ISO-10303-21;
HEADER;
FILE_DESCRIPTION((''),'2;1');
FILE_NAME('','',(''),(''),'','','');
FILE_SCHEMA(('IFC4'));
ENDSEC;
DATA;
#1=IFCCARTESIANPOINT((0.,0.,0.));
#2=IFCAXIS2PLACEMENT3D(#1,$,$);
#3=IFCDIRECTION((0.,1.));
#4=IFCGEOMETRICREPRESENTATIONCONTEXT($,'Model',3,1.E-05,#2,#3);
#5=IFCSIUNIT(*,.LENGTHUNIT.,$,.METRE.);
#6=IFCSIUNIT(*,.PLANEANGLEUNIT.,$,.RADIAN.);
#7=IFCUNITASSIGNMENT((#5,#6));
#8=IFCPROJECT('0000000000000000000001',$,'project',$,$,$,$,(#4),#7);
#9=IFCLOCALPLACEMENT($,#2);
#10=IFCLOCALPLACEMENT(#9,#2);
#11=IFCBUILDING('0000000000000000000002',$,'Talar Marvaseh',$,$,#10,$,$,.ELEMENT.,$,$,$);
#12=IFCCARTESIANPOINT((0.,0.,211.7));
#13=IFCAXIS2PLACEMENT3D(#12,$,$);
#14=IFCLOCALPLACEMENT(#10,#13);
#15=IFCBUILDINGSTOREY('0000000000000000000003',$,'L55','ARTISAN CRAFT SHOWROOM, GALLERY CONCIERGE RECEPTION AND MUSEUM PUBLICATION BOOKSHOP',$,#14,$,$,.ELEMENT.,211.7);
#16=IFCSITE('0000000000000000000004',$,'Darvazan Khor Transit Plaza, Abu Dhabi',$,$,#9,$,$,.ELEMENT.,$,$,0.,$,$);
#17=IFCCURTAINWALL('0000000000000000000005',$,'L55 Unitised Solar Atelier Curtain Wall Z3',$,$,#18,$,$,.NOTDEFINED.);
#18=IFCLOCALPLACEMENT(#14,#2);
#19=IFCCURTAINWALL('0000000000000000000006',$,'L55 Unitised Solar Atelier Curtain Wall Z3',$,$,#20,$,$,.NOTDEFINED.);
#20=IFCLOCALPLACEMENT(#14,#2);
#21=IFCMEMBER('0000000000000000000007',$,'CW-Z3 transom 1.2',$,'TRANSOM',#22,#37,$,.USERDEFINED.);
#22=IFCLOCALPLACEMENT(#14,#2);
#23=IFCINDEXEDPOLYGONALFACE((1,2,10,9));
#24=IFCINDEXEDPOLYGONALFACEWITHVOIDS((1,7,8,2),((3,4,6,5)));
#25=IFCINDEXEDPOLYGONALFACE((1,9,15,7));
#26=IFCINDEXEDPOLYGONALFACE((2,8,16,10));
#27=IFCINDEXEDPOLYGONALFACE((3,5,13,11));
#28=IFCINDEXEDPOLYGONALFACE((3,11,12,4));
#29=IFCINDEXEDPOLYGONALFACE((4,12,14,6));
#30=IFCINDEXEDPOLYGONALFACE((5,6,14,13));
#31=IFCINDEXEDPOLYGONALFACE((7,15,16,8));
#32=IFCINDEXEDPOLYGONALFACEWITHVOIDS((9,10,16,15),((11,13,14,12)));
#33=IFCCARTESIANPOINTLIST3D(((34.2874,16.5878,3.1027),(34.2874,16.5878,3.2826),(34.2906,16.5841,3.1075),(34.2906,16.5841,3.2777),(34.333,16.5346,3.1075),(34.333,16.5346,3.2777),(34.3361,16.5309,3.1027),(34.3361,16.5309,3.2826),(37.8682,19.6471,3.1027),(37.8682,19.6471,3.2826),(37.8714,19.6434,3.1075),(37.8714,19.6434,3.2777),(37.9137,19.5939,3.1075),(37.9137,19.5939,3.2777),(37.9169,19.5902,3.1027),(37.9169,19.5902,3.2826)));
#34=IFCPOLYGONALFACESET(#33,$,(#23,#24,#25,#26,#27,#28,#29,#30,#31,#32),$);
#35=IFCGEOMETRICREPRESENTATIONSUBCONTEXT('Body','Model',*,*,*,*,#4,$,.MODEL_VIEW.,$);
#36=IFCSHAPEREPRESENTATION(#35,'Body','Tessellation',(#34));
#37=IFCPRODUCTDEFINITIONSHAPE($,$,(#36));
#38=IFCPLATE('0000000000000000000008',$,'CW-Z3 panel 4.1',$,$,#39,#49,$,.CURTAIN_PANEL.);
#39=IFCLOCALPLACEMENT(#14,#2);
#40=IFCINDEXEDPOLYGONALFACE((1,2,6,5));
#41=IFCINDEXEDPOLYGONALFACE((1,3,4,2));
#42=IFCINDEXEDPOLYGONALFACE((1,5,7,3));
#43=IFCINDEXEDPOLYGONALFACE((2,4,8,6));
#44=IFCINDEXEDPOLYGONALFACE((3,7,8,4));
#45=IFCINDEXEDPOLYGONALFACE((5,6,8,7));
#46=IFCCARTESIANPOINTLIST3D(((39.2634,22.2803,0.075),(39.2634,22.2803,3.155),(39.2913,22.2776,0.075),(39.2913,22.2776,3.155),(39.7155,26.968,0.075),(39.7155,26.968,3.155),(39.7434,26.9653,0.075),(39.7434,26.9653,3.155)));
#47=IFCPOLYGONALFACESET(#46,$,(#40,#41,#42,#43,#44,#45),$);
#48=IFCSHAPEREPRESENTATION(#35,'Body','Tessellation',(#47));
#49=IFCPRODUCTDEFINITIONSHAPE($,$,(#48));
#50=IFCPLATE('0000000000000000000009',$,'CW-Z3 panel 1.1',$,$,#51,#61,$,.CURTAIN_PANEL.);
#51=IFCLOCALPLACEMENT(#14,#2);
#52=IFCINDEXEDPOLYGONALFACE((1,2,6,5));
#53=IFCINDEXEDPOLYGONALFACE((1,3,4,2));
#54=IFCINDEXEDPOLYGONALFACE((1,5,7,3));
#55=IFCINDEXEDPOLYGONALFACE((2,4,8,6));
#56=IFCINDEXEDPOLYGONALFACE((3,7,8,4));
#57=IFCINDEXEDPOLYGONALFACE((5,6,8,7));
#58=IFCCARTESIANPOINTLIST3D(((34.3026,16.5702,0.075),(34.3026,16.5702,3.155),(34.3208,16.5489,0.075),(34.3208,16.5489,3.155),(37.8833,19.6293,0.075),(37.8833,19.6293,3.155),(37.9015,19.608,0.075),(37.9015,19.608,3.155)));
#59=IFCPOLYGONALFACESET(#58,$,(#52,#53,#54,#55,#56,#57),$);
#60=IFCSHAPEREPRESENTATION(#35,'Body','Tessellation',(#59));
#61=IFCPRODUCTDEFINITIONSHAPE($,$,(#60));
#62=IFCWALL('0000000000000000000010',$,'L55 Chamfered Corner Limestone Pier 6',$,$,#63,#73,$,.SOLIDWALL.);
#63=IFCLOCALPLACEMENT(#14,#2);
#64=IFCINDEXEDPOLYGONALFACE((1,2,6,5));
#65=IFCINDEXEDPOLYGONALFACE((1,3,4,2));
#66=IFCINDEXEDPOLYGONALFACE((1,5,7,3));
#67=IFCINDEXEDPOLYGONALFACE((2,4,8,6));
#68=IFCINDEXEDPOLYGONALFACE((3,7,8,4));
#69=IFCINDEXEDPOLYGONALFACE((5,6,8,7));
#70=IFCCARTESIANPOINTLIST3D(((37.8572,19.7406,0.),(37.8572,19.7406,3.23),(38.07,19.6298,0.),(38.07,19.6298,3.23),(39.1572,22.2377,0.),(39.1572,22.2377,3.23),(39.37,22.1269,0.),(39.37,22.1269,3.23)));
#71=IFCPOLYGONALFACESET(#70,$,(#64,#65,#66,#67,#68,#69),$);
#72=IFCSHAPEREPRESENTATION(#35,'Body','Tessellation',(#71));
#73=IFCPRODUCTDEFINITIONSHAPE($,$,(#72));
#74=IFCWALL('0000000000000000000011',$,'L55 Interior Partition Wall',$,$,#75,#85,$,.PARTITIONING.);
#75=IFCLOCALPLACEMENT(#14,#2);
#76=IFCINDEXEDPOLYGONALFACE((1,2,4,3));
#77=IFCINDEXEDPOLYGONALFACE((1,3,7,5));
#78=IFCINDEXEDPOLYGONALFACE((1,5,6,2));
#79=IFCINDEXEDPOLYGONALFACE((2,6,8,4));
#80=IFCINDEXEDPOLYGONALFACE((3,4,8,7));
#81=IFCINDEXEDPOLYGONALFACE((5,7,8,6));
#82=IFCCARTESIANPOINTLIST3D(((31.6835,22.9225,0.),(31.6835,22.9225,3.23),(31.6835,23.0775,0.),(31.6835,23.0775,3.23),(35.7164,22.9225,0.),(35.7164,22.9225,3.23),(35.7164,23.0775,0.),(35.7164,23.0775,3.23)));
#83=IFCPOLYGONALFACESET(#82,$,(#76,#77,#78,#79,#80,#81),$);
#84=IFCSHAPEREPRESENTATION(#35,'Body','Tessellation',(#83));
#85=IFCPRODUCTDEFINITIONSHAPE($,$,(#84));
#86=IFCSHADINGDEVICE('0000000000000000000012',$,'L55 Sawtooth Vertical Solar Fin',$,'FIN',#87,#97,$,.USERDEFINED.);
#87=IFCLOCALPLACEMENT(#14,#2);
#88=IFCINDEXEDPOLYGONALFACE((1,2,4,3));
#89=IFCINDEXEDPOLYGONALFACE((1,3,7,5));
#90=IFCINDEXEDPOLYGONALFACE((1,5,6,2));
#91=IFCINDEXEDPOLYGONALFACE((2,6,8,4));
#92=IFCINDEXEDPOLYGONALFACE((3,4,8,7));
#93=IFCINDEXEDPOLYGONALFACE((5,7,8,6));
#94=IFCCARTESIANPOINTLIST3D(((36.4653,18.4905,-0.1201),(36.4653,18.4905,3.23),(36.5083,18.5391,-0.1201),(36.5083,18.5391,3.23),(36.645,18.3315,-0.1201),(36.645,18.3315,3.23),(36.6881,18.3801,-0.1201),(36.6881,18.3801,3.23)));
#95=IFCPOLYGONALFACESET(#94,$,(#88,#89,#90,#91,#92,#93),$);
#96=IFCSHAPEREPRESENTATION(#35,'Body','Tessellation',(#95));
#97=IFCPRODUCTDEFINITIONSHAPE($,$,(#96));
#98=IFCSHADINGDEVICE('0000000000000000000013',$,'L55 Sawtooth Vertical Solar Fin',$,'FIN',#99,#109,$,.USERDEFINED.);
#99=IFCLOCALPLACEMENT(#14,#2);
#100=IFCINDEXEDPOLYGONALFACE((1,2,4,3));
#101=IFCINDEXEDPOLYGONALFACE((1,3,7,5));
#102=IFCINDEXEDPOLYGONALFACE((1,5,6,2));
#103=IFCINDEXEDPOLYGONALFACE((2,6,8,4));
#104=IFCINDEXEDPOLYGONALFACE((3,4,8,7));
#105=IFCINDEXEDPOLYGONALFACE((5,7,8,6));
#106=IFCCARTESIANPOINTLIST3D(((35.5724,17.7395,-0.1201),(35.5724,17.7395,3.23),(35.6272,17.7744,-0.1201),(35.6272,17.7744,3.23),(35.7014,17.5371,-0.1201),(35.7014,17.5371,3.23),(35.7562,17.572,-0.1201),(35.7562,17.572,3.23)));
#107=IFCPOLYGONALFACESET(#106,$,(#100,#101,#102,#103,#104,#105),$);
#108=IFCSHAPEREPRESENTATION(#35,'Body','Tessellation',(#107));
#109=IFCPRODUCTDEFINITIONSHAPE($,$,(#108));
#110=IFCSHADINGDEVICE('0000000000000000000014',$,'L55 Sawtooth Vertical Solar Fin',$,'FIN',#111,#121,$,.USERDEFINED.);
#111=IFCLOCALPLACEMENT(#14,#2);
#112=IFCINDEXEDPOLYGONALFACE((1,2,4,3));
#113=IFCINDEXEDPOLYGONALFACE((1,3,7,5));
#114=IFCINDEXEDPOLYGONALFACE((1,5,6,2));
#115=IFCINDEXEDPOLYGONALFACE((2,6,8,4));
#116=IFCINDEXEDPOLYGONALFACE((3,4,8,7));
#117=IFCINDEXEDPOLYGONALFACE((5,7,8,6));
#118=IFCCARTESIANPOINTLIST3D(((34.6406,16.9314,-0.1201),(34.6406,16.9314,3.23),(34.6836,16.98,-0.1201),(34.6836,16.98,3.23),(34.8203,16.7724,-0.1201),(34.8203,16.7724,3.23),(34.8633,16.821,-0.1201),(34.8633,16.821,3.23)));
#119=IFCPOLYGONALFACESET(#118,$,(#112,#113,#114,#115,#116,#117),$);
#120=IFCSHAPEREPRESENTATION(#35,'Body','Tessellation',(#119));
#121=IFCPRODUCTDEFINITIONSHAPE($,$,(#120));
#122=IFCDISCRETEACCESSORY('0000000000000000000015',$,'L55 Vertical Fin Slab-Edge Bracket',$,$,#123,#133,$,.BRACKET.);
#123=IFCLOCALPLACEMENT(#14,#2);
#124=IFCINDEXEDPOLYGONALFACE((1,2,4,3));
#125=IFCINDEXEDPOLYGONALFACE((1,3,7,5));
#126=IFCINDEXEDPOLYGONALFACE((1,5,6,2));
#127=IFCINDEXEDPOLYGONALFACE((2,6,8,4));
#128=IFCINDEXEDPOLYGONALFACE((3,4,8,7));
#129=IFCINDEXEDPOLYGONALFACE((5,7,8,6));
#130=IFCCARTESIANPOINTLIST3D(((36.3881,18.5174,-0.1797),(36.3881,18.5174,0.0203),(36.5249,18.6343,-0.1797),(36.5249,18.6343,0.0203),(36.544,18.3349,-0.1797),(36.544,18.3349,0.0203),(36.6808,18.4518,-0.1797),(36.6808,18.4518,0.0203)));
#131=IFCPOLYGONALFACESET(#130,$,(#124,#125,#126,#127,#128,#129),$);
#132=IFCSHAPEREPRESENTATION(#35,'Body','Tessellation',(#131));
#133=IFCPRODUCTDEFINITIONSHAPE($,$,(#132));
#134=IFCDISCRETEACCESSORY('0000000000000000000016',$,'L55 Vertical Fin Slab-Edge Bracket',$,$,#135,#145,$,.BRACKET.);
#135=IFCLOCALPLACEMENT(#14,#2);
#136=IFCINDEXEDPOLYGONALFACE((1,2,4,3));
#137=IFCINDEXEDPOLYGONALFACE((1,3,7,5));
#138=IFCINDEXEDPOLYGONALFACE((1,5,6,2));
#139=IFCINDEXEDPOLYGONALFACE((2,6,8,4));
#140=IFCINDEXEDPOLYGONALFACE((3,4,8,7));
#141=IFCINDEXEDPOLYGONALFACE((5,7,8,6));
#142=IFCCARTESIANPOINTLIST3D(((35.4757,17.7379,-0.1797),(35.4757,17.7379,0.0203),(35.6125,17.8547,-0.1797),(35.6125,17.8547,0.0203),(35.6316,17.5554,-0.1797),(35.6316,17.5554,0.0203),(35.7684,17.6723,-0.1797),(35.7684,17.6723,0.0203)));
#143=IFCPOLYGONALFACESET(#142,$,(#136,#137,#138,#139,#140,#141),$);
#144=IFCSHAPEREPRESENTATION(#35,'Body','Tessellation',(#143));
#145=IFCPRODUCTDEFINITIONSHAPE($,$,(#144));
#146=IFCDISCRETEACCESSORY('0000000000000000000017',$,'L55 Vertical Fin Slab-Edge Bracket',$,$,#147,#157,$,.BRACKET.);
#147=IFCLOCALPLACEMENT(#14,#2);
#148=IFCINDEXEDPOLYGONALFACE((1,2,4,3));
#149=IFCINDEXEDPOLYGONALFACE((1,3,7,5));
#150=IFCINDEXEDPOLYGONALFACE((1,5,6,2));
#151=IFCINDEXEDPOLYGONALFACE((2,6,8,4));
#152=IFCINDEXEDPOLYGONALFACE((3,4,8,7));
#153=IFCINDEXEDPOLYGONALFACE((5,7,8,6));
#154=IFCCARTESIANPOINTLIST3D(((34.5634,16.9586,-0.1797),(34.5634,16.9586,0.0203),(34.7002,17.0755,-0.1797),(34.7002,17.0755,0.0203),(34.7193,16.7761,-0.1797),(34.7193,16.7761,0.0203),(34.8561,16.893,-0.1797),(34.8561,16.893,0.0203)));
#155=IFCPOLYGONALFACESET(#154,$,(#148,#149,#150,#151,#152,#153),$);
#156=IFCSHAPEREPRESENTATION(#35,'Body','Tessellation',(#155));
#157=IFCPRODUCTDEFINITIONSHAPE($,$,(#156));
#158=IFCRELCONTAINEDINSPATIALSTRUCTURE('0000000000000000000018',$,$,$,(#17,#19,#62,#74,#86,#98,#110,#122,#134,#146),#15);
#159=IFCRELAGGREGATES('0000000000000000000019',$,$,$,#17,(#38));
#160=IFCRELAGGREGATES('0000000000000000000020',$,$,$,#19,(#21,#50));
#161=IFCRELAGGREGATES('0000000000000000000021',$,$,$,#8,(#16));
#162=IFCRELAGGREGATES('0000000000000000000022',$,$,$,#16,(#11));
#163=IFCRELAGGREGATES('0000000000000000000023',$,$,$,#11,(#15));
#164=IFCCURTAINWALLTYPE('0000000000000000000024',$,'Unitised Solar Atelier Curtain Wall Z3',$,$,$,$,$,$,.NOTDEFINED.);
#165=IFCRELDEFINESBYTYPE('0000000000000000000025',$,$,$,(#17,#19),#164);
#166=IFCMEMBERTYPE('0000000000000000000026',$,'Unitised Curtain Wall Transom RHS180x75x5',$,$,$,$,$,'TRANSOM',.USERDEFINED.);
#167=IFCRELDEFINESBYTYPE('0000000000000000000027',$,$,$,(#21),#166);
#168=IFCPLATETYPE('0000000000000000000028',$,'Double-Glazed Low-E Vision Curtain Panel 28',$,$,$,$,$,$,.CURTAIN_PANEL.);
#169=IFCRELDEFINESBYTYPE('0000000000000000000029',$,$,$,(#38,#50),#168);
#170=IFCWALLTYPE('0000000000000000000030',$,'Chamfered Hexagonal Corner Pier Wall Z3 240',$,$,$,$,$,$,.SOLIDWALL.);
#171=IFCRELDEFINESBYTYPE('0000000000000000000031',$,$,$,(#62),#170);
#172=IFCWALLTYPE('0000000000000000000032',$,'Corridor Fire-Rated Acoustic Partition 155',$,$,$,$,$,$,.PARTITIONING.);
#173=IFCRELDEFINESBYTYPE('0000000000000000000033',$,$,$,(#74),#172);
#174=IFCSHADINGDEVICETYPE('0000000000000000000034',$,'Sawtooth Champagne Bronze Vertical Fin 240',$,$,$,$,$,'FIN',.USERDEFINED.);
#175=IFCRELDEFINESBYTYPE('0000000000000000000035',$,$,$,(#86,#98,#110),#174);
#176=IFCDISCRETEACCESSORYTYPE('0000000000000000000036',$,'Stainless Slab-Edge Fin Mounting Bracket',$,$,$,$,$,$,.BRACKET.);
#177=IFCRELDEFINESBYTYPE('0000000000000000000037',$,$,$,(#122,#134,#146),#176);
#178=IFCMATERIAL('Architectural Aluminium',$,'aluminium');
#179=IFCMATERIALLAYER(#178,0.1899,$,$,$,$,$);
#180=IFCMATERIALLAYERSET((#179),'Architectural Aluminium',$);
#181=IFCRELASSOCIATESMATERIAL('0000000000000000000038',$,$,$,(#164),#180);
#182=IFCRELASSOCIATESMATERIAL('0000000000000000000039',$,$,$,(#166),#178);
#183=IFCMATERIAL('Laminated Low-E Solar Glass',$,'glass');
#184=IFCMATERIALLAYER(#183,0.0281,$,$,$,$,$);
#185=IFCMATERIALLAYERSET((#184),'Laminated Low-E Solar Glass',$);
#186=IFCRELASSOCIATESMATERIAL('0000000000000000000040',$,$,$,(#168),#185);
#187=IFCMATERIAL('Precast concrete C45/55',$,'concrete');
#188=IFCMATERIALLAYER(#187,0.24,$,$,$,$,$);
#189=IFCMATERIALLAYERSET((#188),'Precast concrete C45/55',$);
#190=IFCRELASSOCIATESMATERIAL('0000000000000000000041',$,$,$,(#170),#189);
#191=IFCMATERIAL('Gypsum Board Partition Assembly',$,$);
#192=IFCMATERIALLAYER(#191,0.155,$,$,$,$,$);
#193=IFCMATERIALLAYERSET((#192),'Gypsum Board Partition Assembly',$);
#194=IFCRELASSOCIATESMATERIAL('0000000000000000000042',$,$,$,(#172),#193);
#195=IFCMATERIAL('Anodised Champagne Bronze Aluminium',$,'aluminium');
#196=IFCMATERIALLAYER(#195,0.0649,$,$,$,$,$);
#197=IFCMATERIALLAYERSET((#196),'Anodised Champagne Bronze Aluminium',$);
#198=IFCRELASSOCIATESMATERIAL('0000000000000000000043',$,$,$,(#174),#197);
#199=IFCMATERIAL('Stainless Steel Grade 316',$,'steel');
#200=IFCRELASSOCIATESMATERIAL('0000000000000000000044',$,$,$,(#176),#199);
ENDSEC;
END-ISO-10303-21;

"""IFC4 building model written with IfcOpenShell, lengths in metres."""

from ifc_helpers import new_model, si_unit, direction, frame, frame_2d, origin, origin_2d, place, context, subcontext, project, spatial, rectangle, hollow_rectangle, extrude, source, transform, mapped, material, layer, layer_set, material_profile, profile_set, type_object, type_shapes, element, aggregate, save


model = new_model("IFC4")

# Units and contexts
model_context = context("Model", 3, precision=1e-05, world=origin(), true_north=direction((0.0, 1.0)))
body_context = subcontext(model_context, "Body", "Model", "MODEL_VIEW")
ifc_project = project(units=[si_unit("LENGTHUNIT", "METRE"), si_unit("PLANEANGLEUNIT", "RADIAN")], contexts=[model_context])

# Site, building, storey
site_placement = place(None, origin())
site = spatial("IfcSite", under=ifc_project, at=site_placement, Name="Darvazan Khor Transit Plaza, Abu Dhabi", CompositionType="ELEMENT", RefElevation=0.0)
building_placement = place(site_placement, origin())
building = spatial("IfcBuilding", under=site, at=building_placement, Name="Talar Marvaseh", CompositionType="ELEMENT")
storey_placement = place(building_placement, frame((0.0, 0.0, 211.7)))
storey = spatial("IfcBuildingStorey", under=building, at=storey_placement, Name="L55", Description="ARTISAN CRAFT SHOWROOM, GALLERY CONCIERGE RECEPTION AND MUSEUM PUBLICATION BOOKSHOP", CompositionType="ELEMENT", Elevation=211.7)

# Curtain wall
ifc_material_1 = material(Name="Architectural Aluminium", Category="aluminium")
ifc_layer_1 = layer(ifc_material_1, 0.1899)
ifc_layer_set_1 = layer_set([ifc_layer_1], Name="Architectural Aluminium")
curtain_wall_type = type_object("IfcCurtainWallType", Name="Unitised Solar Atelier Curtain Wall Z3", PredefinedType="NOTDEFINED", material=ifc_layer_set_1)
curtain_wall_1_placement = place(storey_placement, origin())
curtain_wall_1 = element("IfcCurtainWall", 1, at=curtain_wall_1_placement, inside=storey, type_object=curtain_wall_type, Name="L55 Unitised Solar Atelier Curtain Wall Z3", PredefinedType="NOTDEFINED")

# Curtain wall, member
curtain_wall_2_placement = place(storey_placement, origin())
curtain_wall_2 = element("IfcCurtainWall", 2, at=curtain_wall_2_placement, inside=storey, type_object=curtain_wall_type, Name="L55 Unitised Solar Atelier Curtain Wall Z3", PredefinedType="NOTDEFINED")
ifc_material_profile_1 = material_profile(ifc_material_1, hollow_rectangle(XDim=0.075, YDim=0.1799, WallThickness=0.0049, at=origin_2d()), Name="RHS180x75x5")
ifc_profile_set_1 = profile_set([ifc_material_profile_1], Name="Architectural Aluminium")
member_type_1 = type_object("IfcMemberType", Name="Unitised Curtain Wall Transom RHS180x75x5", ElementType="TRANSOM", PredefinedType="USERDEFINED", material=ifc_profile_set_1)
shared_shape_1 = source(origin(), body_context, "Body", "SweptSolid", [
    extrude(hollow_rectangle(XDim=0.075, YDim=0.1799, WallThickness=0.0049, at=origin_2d()), origin(), (0.0, 0.0, 1.0), 4.7097),
])
type_shapes(member_type_1, [shared_shape_1])
member_1_placement = place(storey_placement, frame((37.8926, 19.6187, 3.1926), z_axis=(-0.760298, -0.649574, 0.0), x_axis=(0.649574, -0.760298, 0.0)))
member_1 = element("IfcMember", 3, at=member_1_placement, type_object=member_type_1, Name="CW-Z3 transom 1.2", ObjectType="TRANSOM", PredefinedType="USERDEFINED", context=body_context, shape_type="MappedRepresentation", body=[
    mapped(shared_shape_1, transform((0.0, 0.0, 0.0), x_axis=(1.0, 0.0, 0.0), y_axis=(0.0, 1.0, 0.0), z_axis=(0.0, 0.0, 1.0), scale=1.0)),
])

# Plates
ifc_material_2 = material(Name="Laminated Low-E Solar Glass", Category="glass")
ifc_layer_2 = layer(ifc_material_2, 0.0281)
ifc_layer_set_2 = layer_set([ifc_layer_2], Name="Laminated Low-E Solar Glass")
plate_type = type_object("IfcPlateType", Name="Double-Glazed Low-E Vision Curtain Panel 28", PredefinedType="CURTAIN_PANEL", material=ifc_layer_set_2)
shared_shape_2 = source(origin(), body_context, "Body", "SweptSolid", [
    extrude(rectangle(XDim=4.7095, YDim=0.0281, at=origin_2d()), origin(), (0.0, 0.0, 1.0), 3.0801),
])
type_shapes(plate_type, [shared_shape_2])
plate_1_placement = place(storey_placement, frame((39.5034, 24.6228, 0.075), z_axis=(0.0, 0.0, 1.0), x_axis=(-0.095997, -0.995382, 0.0)))
plate_1 = element("IfcPlate", 4, at=plate_1_placement, type_object=plate_type, Name="CW-Z3 panel 4.1", PredefinedType="CURTAIN_PANEL", context=body_context, shape_type="MappedRepresentation", body=[
    mapped(shared_shape_2, transform((0.0, 0.0, 0.0), x_axis=(1.0, 0.0, 0.0), y_axis=(0.0, 1.0, 0.0), z_axis=(0.0, 0.0, 1.0), scale=1.0)),
])
aggregate(curtain_wall_1, [plate_1])
plate_2_placement = place(storey_placement, frame((36.1021, 18.0891, 0.075), z_axis=(0.0, 0.0, 1.0), x_axis=(-0.760306, -0.649565, 0.0)))
plate_2 = element("IfcPlate", 5, at=plate_2_placement, type_object=plate_type, Name="CW-Z3 panel 1.1", PredefinedType="CURTAIN_PANEL", context=body_context, shape_type="MappedRepresentation", body=[
    mapped(shared_shape_2, transform((0.0, 0.0, 0.0), x_axis=(1.0, 0.0, 0.0), y_axis=(0.0, 1.0, 0.0), z_axis=(0.0, 0.0, 1.0), scale=1.0)),
])
aggregate(curtain_wall_2, [member_1, plate_2])

# Walls
ifc_material_3 = material(Name="Precast concrete C45/55", Category="concrete")
ifc_layer_3 = layer(ifc_material_3, 0.24)
ifc_layer_set_3 = layer_set([ifc_layer_3], Name="Precast concrete C45/55")
wall_type_1 = type_object("IfcWallType", Name="Chamfered Hexagonal Corner Pier Wall Z3 240", PredefinedType="SOLIDWALL", material=ifc_layer_set_3)
wall_1_placement = place(storey_placement, frame((39.2637, 22.1824, 0.0), z_axis=(0.0, 0.0, 1.0), x_axis=(-0.461792, -0.886988, 0.0)))
element("IfcWall", 6, at=wall_1_placement, inside=storey, type_object=wall_type_1, Name="L55 Chamfered Corner Limestone Pier 6", PredefinedType="SOLIDWALL", context=body_context, shape_type="SweptSolid", body=[
    extrude(rectangle(XDim=2.8152, YDim=0.24, at=frame_2d((1.4077, 0.0))), origin(), (0.0, 0.0, 1.0), 3.23),
])
ifc_material_4 = material(Name="Gypsum Board Partition Assembly")
ifc_layer_4 = layer(ifc_material_4, 0.155)
ifc_layer_set_4 = layer_set([ifc_layer_4], Name="Gypsum Board Partition Assembly")
wall_type_2 = type_object("IfcWallType", Name="Corridor Fire-Rated Acoustic Partition 155", PredefinedType="PARTITIONING", material=ifc_layer_set_4)
wall_2_placement = place(storey_placement, frame((35.7166, 23.0, 0.0), z_axis=(0.0, 0.0, 1.0), x_axis=(-1.0, 0.0, 0.0)))
element("IfcWall", 7, at=wall_2_placement, inside=storey, type_object=wall_type_2, Name="L55 Interior Partition Wall", PredefinedType="PARTITIONING", context=body_context, shape_type="SweptSolid", body=[
    extrude(rectangle(XDim=4.033, YDim=0.155, at=frame_2d((2.0166, 0.0))), origin(), (0.0, 0.0, 1.0), 3.23),
])

# Shading devices
ifc_material_5 = material(Name="Anodised Champagne Bronze Aluminium", Category="aluminium")
ifc_layer_5 = layer(ifc_material_5, 0.0649)
ifc_layer_set_5 = layer_set([ifc_layer_5], Name="Anodised Champagne Bronze Aluminium")
shading_device_type = type_object("IfcShadingDeviceType", Name="Sawtooth Champagne Bronze Vertical Fin 240", ElementType="FIN", PredefinedType="USERDEFINED", material=ifc_layer_set_5)
shared_shape_3 = source(origin(), body_context, "Body", "SweptSolid", [
    extrude(rectangle(XDim=0.24, YDim=0.0649, at=origin_2d()), origin(), (0.0, 0.0, 1.0), 3.3501),
])
type_shapes(shading_device_type, [shared_shape_3])
for number, where, z_axis, x_axis, name in (
    (8, (36.5767, 18.4353, -0.1201), (0.0, 0.0, 1.0), (0.749071, -0.662489, 0.0), "L55 Sawtooth Vertical Solar Fin"),
    (9, (35.6643, 17.6558, -0.1201), (0.0, 0.0, 1.0), (0.537447, -0.843298, 0.0), "L55 Sawtooth Vertical Solar Fin"),
    (10, (34.752, 16.8762, -0.1201), (0.0, 0.0, 1.0), (0.749071, -0.662489, 0.0), "L55 Sawtooth Vertical Solar Fin"),
):
    element("IfcShadingDevice", number, at=place(storey_placement, frame(where, z_axis=z_axis, x_axis=x_axis)), inside=storey, type_object=shading_device_type, Name=name, ObjectType="FIN", PredefinedType="USERDEFINED", context=body_context, shape_type="MappedRepresentation", body=[
        mapped(shared_shape_3, transform((0.0, 0.0, 0.0), x_axis=(1.0, 0.0, 0.0), y_axis=(0.0, 1.0, 0.0), z_axis=(0.0, 0.0, 1.0), scale=1.0)),
    ])

# Discrete accessories
ifc_material_6 = material(Name="Stainless Steel Grade 316", Category="steel")
discrete_accessory_type = type_object("IfcDiscreteAccessoryType", Name="Stainless Slab-Edge Fin Mounting Bracket", PredefinedType="BRACKET", material=ifc_material_6)
shared_shape_4 = source(origin(), body_context, "Body", "SweptSolid", [
    extrude(rectangle(XDim=0.24, YDim=0.1799, at=origin_2d()), origin(), (0.0, 0.0, 1.0), 0.2),
])
type_shapes(discrete_accessory_type, [shared_shape_4])
for number, where, z_axis, x_axis, name in (
    (11, (36.5344, 18.4846, -0.1797), (0.0, 0.0, 1.0), (0.649581, -0.760293, 0.0), "L55 Vertical Fin Slab-Edge Bracket"),
    (12, (35.6221, 17.7051, -0.1797), (0.0, 0.0, 1.0), (0.649581, -0.760293, 0.0), "L55 Vertical Fin Slab-Edge Bracket"),
    (13, (34.7097, 16.9258, -0.1797), (0.0, 0.0, 1.0), (0.649581, -0.760293, 0.0), "L55 Vertical Fin Slab-Edge Bracket"),
):
    element("IfcDiscreteAccessory", number, at=place(storey_placement, frame(where, z_axis=z_axis, x_axis=x_axis)), inside=storey, type_object=discrete_accessory_type, Name=name, PredefinedType="BRACKET", context=body_context, shape_type="MappedRepresentation", body=[
        mapped(shared_shape_4, transform((0.0, 0.0, 0.0), x_axis=(1.0, 0.0, 0.0), y_axis=(0.0, 1.0, 0.0), z_axis=(0.0, 0.0, 1.0), scale=1.0)),
    ])

save(model, "model.ifc")
